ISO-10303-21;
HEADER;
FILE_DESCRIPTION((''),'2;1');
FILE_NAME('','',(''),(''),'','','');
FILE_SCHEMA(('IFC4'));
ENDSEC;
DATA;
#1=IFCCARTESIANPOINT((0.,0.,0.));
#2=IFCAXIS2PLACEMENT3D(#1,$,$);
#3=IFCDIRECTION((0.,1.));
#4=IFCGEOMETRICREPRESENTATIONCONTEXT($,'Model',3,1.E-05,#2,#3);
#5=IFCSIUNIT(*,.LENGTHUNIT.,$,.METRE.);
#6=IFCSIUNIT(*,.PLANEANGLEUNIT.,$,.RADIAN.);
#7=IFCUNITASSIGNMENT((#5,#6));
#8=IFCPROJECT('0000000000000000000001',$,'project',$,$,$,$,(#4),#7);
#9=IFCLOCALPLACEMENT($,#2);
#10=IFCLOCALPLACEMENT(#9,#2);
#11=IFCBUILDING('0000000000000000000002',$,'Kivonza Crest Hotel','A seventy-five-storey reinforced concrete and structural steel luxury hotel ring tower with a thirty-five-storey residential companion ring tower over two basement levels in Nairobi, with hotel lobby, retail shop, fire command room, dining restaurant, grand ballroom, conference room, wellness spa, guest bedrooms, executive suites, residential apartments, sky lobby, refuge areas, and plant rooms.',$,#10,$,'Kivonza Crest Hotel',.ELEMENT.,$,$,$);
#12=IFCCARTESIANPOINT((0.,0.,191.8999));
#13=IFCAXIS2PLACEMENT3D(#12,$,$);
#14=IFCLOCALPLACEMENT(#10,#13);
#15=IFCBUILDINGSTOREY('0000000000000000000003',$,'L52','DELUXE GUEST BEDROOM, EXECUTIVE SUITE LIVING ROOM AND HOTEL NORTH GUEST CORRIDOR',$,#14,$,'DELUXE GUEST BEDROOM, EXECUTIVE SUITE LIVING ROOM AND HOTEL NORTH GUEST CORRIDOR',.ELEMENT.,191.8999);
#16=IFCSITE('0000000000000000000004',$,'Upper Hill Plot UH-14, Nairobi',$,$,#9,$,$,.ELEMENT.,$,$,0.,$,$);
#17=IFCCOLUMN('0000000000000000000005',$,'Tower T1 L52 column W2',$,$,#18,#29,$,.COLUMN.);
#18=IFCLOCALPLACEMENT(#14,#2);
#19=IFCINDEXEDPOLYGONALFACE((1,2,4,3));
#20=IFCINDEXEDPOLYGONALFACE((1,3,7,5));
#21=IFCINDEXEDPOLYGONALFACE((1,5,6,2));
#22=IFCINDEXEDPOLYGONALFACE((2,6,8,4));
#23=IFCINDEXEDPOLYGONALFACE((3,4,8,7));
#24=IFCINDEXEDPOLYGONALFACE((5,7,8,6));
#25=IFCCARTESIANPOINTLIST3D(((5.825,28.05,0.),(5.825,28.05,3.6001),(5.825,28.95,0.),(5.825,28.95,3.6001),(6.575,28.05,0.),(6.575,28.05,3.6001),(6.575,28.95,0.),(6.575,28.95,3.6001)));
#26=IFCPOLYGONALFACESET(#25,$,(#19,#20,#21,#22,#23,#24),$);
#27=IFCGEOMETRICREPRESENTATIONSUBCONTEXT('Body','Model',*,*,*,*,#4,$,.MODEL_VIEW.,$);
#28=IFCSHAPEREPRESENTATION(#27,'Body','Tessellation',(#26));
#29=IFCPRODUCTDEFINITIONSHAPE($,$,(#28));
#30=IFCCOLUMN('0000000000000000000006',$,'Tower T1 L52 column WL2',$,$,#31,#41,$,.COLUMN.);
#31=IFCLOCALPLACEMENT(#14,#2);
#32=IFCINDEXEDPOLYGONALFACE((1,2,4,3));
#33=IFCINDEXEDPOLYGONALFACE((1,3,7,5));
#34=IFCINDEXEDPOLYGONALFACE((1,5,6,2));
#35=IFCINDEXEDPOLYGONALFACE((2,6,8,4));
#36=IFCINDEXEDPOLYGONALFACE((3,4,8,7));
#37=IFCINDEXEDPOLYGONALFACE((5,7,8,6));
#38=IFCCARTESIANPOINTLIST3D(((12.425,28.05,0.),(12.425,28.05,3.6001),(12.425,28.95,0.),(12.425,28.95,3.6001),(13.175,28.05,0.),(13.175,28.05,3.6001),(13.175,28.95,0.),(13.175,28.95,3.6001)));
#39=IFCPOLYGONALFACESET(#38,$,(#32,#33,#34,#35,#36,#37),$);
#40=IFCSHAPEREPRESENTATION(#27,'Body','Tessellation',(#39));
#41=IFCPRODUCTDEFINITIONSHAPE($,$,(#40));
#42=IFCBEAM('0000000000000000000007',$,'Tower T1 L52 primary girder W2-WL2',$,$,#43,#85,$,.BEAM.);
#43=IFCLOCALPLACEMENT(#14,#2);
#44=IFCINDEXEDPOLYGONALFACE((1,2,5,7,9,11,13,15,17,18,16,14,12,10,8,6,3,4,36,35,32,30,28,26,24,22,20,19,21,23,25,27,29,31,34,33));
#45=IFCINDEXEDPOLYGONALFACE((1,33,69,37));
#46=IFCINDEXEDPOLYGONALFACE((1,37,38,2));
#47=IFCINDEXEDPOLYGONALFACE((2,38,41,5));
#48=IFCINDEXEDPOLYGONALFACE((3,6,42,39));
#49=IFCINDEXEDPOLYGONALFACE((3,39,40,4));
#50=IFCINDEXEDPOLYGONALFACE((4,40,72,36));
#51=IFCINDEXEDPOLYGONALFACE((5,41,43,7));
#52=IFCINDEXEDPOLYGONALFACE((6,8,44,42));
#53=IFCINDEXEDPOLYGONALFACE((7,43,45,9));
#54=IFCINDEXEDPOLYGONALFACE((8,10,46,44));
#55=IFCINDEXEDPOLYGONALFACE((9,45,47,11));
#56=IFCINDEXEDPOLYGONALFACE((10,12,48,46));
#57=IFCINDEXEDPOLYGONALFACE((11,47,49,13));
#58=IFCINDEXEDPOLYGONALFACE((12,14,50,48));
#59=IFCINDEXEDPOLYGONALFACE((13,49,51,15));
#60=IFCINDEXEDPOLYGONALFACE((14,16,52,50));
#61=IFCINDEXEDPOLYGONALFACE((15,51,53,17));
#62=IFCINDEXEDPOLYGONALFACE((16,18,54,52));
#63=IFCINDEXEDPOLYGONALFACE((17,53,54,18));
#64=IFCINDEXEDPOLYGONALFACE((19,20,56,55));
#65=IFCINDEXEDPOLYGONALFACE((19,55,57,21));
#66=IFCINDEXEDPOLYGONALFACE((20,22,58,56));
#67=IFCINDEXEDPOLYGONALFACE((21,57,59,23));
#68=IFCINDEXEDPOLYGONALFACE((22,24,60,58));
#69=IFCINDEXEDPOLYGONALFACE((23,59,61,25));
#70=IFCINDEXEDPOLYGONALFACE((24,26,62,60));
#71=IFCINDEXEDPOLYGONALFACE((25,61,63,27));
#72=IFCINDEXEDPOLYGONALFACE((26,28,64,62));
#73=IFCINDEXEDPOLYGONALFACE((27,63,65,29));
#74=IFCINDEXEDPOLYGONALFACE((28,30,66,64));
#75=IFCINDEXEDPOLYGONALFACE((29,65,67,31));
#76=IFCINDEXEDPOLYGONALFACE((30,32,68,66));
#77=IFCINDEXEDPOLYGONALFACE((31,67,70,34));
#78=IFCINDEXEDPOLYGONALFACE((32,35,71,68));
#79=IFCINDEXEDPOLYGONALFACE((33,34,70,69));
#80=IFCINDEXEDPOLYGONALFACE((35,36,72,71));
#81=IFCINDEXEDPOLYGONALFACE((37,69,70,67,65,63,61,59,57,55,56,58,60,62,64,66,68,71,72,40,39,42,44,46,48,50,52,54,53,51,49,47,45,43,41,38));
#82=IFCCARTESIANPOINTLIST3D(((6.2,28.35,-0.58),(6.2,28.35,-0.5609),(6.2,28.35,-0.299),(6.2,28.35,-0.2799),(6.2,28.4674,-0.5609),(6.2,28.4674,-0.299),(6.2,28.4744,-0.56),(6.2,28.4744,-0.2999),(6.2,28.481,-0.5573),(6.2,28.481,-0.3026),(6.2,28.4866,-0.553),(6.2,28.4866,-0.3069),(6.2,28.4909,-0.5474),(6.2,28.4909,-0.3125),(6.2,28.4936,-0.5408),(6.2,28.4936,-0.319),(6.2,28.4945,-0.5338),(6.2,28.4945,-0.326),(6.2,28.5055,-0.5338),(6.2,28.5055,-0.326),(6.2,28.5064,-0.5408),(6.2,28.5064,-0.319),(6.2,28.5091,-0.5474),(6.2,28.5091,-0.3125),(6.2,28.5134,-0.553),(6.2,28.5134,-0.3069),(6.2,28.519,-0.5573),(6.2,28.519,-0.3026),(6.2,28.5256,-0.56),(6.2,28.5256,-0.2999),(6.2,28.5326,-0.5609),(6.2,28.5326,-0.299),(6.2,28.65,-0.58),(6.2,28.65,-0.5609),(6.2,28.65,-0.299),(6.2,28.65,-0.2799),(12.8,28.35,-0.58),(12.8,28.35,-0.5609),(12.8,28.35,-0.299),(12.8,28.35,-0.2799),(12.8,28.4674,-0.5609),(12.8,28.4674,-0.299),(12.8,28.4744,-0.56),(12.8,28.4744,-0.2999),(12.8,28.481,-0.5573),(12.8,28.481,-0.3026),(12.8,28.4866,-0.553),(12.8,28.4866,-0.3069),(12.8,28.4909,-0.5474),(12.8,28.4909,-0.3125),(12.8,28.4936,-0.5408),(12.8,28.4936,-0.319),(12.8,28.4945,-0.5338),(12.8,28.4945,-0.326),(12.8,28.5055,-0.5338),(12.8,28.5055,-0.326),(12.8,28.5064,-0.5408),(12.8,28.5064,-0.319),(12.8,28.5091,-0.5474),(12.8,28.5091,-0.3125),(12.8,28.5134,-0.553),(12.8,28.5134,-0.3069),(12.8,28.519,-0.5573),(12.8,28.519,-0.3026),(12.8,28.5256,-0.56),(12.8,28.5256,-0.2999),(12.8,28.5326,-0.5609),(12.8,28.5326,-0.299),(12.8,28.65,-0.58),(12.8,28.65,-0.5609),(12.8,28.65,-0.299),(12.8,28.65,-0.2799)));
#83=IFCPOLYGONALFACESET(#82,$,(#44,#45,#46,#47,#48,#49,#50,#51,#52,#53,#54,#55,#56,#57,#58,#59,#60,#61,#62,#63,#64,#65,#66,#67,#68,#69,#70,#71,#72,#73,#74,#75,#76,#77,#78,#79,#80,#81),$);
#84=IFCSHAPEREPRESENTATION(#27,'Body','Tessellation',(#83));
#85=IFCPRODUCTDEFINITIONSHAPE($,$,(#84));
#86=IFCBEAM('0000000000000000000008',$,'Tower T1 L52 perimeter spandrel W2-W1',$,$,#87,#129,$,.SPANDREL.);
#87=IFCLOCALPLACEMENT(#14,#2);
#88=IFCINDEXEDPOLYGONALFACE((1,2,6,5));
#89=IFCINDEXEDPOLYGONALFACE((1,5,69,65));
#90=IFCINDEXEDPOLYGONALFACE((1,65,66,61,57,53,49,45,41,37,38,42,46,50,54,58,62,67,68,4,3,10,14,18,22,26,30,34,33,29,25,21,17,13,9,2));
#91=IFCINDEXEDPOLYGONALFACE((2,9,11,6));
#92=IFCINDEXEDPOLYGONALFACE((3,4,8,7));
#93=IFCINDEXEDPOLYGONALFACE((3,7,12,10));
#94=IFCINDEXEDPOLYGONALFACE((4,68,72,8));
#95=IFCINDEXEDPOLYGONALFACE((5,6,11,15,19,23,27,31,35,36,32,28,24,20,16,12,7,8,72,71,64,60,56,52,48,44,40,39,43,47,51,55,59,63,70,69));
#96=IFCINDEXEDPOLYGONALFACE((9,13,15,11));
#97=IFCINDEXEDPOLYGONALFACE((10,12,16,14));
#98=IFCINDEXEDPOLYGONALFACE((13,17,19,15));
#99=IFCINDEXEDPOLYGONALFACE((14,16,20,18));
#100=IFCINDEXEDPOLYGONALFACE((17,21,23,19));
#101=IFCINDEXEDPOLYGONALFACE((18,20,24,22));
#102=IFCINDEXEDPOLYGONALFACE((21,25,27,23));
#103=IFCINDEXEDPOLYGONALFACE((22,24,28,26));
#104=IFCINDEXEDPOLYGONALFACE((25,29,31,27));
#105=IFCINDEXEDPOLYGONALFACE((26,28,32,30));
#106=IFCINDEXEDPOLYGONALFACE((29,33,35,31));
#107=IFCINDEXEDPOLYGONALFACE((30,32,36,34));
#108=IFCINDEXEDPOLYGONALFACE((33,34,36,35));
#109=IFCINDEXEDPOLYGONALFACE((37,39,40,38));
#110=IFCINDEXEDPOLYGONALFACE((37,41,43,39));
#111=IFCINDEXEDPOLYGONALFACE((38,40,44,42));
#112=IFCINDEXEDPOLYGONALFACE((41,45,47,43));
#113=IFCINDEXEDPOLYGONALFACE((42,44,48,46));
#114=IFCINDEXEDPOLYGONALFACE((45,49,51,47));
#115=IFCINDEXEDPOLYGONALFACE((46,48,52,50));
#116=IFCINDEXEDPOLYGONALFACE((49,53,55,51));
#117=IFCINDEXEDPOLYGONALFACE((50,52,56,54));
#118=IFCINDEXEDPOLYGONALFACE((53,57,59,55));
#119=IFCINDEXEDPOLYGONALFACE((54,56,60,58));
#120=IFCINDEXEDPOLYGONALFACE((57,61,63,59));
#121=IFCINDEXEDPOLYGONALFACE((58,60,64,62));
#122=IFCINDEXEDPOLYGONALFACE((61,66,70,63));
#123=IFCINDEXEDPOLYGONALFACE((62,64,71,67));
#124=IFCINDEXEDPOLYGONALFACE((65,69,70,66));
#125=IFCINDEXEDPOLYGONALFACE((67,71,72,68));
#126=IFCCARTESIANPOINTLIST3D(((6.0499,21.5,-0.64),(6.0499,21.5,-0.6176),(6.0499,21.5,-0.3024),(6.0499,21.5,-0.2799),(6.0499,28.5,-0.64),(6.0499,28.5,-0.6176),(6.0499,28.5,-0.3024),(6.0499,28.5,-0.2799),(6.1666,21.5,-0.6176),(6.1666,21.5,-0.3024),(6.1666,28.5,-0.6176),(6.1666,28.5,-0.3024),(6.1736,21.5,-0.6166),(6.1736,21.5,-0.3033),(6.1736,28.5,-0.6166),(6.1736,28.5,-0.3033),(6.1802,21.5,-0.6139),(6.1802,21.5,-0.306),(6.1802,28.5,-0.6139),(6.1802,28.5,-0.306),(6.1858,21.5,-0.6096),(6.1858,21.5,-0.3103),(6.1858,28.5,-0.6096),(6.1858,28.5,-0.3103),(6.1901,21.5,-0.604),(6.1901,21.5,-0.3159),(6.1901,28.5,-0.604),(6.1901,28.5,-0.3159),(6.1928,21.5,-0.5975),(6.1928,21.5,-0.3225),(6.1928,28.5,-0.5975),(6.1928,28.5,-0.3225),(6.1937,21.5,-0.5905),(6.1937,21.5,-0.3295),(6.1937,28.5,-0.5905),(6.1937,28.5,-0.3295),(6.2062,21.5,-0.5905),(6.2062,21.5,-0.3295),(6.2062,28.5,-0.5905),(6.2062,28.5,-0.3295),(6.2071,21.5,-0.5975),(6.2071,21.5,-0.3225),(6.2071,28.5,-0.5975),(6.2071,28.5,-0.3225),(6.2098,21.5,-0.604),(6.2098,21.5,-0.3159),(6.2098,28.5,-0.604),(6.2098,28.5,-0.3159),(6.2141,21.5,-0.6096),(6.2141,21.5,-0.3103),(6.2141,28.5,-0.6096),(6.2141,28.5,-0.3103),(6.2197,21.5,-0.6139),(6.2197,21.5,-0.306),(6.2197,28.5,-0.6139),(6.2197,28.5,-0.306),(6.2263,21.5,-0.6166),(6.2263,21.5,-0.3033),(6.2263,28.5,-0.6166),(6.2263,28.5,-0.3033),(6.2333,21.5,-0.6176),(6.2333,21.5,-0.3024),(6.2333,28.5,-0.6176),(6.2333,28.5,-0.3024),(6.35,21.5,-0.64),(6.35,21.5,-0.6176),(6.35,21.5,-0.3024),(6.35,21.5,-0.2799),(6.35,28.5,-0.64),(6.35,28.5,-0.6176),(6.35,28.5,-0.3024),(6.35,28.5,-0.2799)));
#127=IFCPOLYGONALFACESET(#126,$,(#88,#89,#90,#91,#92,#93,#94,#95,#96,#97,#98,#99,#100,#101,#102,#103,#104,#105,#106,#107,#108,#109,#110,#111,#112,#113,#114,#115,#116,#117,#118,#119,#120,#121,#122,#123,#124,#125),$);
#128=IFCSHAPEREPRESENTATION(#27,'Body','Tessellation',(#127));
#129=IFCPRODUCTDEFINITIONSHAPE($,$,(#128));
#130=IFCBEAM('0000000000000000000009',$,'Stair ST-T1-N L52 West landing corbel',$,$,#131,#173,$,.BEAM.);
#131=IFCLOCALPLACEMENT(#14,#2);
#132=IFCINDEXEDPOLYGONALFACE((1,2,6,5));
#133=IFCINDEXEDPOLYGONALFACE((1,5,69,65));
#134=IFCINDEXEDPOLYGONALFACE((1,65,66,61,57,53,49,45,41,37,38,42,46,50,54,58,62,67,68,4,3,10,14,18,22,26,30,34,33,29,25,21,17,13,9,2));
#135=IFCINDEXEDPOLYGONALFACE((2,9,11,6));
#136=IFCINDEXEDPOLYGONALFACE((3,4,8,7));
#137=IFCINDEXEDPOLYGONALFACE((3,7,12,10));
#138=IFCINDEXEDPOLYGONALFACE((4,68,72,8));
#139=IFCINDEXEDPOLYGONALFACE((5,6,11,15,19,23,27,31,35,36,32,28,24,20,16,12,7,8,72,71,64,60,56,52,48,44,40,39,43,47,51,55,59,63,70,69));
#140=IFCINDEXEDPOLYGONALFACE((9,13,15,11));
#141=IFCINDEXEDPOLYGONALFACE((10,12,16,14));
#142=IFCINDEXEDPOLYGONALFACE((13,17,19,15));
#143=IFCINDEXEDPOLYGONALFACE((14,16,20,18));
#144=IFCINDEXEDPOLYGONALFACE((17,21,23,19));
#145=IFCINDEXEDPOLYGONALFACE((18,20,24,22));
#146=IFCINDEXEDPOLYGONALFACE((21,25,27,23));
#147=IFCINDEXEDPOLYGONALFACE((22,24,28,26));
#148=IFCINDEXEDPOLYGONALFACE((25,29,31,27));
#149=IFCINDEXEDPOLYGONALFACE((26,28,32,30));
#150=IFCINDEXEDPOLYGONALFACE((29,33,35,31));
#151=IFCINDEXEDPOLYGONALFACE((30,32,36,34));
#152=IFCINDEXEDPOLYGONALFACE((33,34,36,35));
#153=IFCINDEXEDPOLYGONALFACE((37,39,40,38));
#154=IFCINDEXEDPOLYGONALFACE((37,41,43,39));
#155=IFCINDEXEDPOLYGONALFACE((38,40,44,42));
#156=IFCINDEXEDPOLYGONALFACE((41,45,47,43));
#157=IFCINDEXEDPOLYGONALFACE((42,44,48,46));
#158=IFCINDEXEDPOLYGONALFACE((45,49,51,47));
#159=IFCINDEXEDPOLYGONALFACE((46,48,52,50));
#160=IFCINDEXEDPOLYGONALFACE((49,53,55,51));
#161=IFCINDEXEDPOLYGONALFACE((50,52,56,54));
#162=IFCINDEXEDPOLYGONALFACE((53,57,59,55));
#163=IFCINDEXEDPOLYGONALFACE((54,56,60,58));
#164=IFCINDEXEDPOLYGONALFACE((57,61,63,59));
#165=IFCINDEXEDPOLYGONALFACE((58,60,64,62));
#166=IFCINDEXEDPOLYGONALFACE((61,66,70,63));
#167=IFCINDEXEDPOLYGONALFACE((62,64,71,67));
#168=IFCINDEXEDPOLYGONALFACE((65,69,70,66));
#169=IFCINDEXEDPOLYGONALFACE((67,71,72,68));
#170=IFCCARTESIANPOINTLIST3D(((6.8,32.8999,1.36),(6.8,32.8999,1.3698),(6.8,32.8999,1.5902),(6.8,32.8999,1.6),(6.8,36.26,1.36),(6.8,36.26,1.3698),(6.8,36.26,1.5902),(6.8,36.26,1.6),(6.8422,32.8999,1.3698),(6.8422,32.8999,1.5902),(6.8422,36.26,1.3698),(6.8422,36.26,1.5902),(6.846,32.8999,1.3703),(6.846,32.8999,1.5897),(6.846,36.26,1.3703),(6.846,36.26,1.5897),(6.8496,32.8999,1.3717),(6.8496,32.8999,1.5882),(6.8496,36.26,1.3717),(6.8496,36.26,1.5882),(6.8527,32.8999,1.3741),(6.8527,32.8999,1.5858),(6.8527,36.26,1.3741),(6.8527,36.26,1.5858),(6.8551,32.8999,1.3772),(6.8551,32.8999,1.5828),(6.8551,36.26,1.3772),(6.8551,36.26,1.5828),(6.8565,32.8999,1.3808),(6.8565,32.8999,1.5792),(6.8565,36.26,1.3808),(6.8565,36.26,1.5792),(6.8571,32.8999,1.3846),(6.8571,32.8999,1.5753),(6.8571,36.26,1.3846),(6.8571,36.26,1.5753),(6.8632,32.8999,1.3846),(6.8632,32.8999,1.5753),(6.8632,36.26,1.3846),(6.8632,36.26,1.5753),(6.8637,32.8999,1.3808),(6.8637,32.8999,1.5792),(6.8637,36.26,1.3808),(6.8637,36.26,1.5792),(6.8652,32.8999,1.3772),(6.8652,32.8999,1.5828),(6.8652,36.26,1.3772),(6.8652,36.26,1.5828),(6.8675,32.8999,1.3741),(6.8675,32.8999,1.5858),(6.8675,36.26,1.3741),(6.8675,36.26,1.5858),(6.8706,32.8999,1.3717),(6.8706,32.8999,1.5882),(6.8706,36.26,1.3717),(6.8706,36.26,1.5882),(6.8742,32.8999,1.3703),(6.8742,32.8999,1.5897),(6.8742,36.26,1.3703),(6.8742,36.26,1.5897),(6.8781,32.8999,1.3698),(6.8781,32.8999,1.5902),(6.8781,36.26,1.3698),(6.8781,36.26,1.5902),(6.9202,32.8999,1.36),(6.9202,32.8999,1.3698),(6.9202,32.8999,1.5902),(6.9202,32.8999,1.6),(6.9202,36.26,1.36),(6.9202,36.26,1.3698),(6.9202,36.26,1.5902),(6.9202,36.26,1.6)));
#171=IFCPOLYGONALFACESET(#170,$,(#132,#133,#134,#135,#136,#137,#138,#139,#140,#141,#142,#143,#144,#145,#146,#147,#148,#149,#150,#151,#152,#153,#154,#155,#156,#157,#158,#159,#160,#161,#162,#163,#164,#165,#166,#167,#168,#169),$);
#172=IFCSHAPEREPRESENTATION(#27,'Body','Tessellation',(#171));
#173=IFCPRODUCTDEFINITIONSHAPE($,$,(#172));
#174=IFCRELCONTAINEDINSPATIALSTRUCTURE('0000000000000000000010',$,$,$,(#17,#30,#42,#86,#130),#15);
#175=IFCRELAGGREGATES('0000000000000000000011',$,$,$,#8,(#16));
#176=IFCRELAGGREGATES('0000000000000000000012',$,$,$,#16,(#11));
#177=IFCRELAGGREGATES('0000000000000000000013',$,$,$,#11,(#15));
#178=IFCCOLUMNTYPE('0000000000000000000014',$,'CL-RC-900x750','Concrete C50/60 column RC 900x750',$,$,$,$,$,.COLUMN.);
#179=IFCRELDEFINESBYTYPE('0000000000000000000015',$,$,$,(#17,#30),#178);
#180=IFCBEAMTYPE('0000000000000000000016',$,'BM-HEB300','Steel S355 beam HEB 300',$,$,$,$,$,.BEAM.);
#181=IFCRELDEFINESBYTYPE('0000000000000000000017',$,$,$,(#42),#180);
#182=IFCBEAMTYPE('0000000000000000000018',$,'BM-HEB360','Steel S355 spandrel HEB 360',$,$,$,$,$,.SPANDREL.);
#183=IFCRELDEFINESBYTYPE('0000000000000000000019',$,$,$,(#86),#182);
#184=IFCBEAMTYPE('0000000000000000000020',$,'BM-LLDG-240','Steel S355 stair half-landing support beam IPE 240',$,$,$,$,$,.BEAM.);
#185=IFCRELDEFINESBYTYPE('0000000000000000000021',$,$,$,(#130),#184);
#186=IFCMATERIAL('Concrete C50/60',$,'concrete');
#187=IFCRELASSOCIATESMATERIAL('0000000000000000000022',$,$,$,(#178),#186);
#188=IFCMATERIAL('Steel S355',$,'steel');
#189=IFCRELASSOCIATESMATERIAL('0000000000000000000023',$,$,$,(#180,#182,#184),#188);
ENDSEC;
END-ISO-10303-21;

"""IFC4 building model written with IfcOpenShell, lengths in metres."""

from ifc_helpers import new_model, si_unit, direction, frame, origin, origin_2d, place, context, subcontext, project, spatial, rectangle, i_section, extrude, material, material_profile, profile_set, type_object, element, save


model = new_model("IFC4")

# Units and contexts
model_context = context("Model", 3, precision=1e-05, world=origin(), true_north=direction((0.0, 1.0)))
body_context = subcontext(model_context, "Body", "Model", "MODEL_VIEW")
ifc_project = project(units=[si_unit("LENGTHUNIT", "METRE"), si_unit("PLANEANGLEUNIT", "RADIAN")], contexts=[model_context])

# Site, building, storey
site_placement = place(None, origin())
site = spatial("IfcSite", under=ifc_project, at=site_placement, Name="Upper Hill Plot UH-14, Nairobi", CompositionType="ELEMENT", RefElevation=0.0)
building_placement = place(site_placement, origin())
building = spatial("IfcBuilding", under=site, at=building_placement, Name="Kivonza Crest Hotel", Description="A seventy-five-storey reinforced concrete and structural steel luxury hotel ring tower with a thirty-five-storey residential companion ring tower over two basement levels in Nairobi, with hotel lobby, retail shop, fire command room, dining restaurant, grand ballroom, conference room, wellness spa, guest bedrooms, executive suites, residential apartments, sky lobby, refuge areas, and plant rooms.", LongName="Kivonza Crest Hotel", CompositionType="ELEMENT")
storey_placement = place(building_placement, frame((0.0, 0.0, 191.8999)))
storey = spatial("IfcBuildingStorey", under=building, at=storey_placement, Name="L52", Description="DELUXE GUEST BEDROOM, EXECUTIVE SUITE LIVING ROOM AND HOTEL NORTH GUEST CORRIDOR", LongName="DELUXE GUEST BEDROOM, EXECUTIVE SUITE LIVING ROOM AND HOTEL NORTH GUEST CORRIDOR", CompositionType="ELEMENT", Elevation=191.8999)

# Columns
ifc_material_1 = material(Name="Concrete C50/60", Category="concrete")
ifc_material_profile_1 = material_profile(ifc_material_1, rectangle(XDim=0.75, YDim=0.8999, at=origin_2d()), Name="RC 900x750")
ifc_profile_set_1 = profile_set([ifc_material_profile_1], Name="Concrete C50/60")
column_type = type_object("IfcColumnType", Name="CL-RC-900x750", Description="Concrete C50/60 column RC 900x750", PredefinedType="COLUMN", material=ifc_profile_set_1)
for number, where, z_axis, x_axis, name in (
    (1, (6.2, 28.5, 0.0), (0.0, 0.0, 1.0), (1.0, 0.0, 0.0), "Tower T1 L52 column W2"),
    (2, (12.8, 28.5, 0.0), (0.0, 0.0, 1.0), (1.0, 0.0, 0.0), "Tower T1 L52 column WL2"),
):
    element("IfcColumn", number, at=place(storey_placement, frame(where, z_axis=z_axis, x_axis=x_axis)), inside=storey, type_object=column_type, Name=name, PredefinedType="COLUMN", context=body_context, shape_type="SweptSolid", body=[
        extrude(rectangle(XDim=0.75, YDim=0.8999, at=origin_2d()), origin(), (0.0, 0.0, 1.0), 3.6001),
    ])

# Beams
ifc_material_2 = material(Name="Steel S355", Category="steel")
ifc_material_profile_2 = material_profile(ifc_material_2, i_section(OverallWidth=0.3, OverallDepth=0.3, WebThickness=0.011, FlangeThickness=0.019, FilletRadius=0.0271, at=origin_2d()), Name="HEB 300")
ifc_profile_set_2 = profile_set([ifc_material_profile_2], Name="Steel S355")
beam_type_1 = type_object("IfcBeamType", Name="BM-HEB300", Description="Steel S355 beam HEB 300", PredefinedType="BEAM", material=ifc_profile_set_2)
beam_1_placement = place(storey_placement, frame((6.2, 28.5, -0.4299), z_axis=(1.0, 0.0, 0.0), x_axis=(0.0, 1.0, 0.0)))
element("IfcBeam", 3, at=beam_1_placement, inside=storey, type_object=beam_type_1, Name="Tower T1 L52 primary girder W2-WL2", PredefinedType="BEAM", context=body_context, shape_type="SweptSolid", body=[
    extrude(i_section(OverallWidth=0.3, OverallDepth=0.3, WebThickness=0.011, FlangeThickness=0.019, FilletRadius=0.0271, at=origin_2d()), origin(), (0.0, 0.0, 1.0), 6.6001),
])
ifc_material_profile_3 = material_profile(ifc_material_2, i_section(OverallWidth=0.3, OverallDepth=0.3601, WebThickness=0.0125, FlangeThickness=0.0225, FilletRadius=0.0271, at=origin_2d()), Name="HEB 360")
ifc_profile_set_3 = profile_set([ifc_material_profile_3], Name="Steel S355")
beam_type_2 = type_object("IfcBeamType", Name="BM-HEB360", Description="Steel S355 spandrel HEB 360", PredefinedType="SPANDREL", material=ifc_profile_set_3)
beam_2_placement = place(storey_placement, frame((6.2, 28.5, -0.46), z_axis=(0.0, -1.0, 0.0), x_axis=(1.0, 0.0, 0.0)))
element("IfcBeam", 4, at=beam_2_placement, inside=storey, type_object=beam_type_2, Name="Tower T1 L52 perimeter spandrel W2-W1", PredefinedType="SPANDREL", context=body_context, shape_type="SweptSolid", body=[
    extrude(i_section(OverallWidth=0.3, OverallDepth=0.3601, WebThickness=0.0125, FlangeThickness=0.0225, FilletRadius=0.0271, at=origin_2d()), origin(), (0.0, 0.0, 1.0), 7.0),
])
ifc_material_profile_4 = material_profile(ifc_material_2, i_section(OverallWidth=0.1201, OverallDepth=0.24, WebThickness=0.0061, FlangeThickness=0.0098, FilletRadius=0.0149, at=origin_2d()), Name="IPE 240")
ifc_profile_set_4 = profile_set([ifc_material_profile_4], Name="Steel S355")
beam_type_3 = type_object("IfcBeamType", Name="BM-LLDG-240", Description="Steel S355 stair half-landing support beam IPE 240", PredefinedType="BEAM", material=ifc_profile_set_4)
beam_3_placement = place(storey_placement, frame((6.8601, 32.8999, 1.48), z_axis=(0.0, 1.0, 0.0), x_axis=(-1.0, 0.0, 0.0)))
element("IfcBeam", 5, at=beam_3_placement, inside=storey, type_object=beam_type_3, Name="Stair ST-T1-N L52 West landing corbel", PredefinedType="BEAM", context=body_context, shape_type="SweptSolid", body=[
    extrude(i_section(OverallWidth=0.1201, OverallDepth=0.24, WebThickness=0.0061, FlangeThickness=0.0098, FilletRadius=0.0149, at=origin_2d()), origin(), (0.0, 0.0, 1.0), 3.3601),
])

save(model, "model.ifc")
